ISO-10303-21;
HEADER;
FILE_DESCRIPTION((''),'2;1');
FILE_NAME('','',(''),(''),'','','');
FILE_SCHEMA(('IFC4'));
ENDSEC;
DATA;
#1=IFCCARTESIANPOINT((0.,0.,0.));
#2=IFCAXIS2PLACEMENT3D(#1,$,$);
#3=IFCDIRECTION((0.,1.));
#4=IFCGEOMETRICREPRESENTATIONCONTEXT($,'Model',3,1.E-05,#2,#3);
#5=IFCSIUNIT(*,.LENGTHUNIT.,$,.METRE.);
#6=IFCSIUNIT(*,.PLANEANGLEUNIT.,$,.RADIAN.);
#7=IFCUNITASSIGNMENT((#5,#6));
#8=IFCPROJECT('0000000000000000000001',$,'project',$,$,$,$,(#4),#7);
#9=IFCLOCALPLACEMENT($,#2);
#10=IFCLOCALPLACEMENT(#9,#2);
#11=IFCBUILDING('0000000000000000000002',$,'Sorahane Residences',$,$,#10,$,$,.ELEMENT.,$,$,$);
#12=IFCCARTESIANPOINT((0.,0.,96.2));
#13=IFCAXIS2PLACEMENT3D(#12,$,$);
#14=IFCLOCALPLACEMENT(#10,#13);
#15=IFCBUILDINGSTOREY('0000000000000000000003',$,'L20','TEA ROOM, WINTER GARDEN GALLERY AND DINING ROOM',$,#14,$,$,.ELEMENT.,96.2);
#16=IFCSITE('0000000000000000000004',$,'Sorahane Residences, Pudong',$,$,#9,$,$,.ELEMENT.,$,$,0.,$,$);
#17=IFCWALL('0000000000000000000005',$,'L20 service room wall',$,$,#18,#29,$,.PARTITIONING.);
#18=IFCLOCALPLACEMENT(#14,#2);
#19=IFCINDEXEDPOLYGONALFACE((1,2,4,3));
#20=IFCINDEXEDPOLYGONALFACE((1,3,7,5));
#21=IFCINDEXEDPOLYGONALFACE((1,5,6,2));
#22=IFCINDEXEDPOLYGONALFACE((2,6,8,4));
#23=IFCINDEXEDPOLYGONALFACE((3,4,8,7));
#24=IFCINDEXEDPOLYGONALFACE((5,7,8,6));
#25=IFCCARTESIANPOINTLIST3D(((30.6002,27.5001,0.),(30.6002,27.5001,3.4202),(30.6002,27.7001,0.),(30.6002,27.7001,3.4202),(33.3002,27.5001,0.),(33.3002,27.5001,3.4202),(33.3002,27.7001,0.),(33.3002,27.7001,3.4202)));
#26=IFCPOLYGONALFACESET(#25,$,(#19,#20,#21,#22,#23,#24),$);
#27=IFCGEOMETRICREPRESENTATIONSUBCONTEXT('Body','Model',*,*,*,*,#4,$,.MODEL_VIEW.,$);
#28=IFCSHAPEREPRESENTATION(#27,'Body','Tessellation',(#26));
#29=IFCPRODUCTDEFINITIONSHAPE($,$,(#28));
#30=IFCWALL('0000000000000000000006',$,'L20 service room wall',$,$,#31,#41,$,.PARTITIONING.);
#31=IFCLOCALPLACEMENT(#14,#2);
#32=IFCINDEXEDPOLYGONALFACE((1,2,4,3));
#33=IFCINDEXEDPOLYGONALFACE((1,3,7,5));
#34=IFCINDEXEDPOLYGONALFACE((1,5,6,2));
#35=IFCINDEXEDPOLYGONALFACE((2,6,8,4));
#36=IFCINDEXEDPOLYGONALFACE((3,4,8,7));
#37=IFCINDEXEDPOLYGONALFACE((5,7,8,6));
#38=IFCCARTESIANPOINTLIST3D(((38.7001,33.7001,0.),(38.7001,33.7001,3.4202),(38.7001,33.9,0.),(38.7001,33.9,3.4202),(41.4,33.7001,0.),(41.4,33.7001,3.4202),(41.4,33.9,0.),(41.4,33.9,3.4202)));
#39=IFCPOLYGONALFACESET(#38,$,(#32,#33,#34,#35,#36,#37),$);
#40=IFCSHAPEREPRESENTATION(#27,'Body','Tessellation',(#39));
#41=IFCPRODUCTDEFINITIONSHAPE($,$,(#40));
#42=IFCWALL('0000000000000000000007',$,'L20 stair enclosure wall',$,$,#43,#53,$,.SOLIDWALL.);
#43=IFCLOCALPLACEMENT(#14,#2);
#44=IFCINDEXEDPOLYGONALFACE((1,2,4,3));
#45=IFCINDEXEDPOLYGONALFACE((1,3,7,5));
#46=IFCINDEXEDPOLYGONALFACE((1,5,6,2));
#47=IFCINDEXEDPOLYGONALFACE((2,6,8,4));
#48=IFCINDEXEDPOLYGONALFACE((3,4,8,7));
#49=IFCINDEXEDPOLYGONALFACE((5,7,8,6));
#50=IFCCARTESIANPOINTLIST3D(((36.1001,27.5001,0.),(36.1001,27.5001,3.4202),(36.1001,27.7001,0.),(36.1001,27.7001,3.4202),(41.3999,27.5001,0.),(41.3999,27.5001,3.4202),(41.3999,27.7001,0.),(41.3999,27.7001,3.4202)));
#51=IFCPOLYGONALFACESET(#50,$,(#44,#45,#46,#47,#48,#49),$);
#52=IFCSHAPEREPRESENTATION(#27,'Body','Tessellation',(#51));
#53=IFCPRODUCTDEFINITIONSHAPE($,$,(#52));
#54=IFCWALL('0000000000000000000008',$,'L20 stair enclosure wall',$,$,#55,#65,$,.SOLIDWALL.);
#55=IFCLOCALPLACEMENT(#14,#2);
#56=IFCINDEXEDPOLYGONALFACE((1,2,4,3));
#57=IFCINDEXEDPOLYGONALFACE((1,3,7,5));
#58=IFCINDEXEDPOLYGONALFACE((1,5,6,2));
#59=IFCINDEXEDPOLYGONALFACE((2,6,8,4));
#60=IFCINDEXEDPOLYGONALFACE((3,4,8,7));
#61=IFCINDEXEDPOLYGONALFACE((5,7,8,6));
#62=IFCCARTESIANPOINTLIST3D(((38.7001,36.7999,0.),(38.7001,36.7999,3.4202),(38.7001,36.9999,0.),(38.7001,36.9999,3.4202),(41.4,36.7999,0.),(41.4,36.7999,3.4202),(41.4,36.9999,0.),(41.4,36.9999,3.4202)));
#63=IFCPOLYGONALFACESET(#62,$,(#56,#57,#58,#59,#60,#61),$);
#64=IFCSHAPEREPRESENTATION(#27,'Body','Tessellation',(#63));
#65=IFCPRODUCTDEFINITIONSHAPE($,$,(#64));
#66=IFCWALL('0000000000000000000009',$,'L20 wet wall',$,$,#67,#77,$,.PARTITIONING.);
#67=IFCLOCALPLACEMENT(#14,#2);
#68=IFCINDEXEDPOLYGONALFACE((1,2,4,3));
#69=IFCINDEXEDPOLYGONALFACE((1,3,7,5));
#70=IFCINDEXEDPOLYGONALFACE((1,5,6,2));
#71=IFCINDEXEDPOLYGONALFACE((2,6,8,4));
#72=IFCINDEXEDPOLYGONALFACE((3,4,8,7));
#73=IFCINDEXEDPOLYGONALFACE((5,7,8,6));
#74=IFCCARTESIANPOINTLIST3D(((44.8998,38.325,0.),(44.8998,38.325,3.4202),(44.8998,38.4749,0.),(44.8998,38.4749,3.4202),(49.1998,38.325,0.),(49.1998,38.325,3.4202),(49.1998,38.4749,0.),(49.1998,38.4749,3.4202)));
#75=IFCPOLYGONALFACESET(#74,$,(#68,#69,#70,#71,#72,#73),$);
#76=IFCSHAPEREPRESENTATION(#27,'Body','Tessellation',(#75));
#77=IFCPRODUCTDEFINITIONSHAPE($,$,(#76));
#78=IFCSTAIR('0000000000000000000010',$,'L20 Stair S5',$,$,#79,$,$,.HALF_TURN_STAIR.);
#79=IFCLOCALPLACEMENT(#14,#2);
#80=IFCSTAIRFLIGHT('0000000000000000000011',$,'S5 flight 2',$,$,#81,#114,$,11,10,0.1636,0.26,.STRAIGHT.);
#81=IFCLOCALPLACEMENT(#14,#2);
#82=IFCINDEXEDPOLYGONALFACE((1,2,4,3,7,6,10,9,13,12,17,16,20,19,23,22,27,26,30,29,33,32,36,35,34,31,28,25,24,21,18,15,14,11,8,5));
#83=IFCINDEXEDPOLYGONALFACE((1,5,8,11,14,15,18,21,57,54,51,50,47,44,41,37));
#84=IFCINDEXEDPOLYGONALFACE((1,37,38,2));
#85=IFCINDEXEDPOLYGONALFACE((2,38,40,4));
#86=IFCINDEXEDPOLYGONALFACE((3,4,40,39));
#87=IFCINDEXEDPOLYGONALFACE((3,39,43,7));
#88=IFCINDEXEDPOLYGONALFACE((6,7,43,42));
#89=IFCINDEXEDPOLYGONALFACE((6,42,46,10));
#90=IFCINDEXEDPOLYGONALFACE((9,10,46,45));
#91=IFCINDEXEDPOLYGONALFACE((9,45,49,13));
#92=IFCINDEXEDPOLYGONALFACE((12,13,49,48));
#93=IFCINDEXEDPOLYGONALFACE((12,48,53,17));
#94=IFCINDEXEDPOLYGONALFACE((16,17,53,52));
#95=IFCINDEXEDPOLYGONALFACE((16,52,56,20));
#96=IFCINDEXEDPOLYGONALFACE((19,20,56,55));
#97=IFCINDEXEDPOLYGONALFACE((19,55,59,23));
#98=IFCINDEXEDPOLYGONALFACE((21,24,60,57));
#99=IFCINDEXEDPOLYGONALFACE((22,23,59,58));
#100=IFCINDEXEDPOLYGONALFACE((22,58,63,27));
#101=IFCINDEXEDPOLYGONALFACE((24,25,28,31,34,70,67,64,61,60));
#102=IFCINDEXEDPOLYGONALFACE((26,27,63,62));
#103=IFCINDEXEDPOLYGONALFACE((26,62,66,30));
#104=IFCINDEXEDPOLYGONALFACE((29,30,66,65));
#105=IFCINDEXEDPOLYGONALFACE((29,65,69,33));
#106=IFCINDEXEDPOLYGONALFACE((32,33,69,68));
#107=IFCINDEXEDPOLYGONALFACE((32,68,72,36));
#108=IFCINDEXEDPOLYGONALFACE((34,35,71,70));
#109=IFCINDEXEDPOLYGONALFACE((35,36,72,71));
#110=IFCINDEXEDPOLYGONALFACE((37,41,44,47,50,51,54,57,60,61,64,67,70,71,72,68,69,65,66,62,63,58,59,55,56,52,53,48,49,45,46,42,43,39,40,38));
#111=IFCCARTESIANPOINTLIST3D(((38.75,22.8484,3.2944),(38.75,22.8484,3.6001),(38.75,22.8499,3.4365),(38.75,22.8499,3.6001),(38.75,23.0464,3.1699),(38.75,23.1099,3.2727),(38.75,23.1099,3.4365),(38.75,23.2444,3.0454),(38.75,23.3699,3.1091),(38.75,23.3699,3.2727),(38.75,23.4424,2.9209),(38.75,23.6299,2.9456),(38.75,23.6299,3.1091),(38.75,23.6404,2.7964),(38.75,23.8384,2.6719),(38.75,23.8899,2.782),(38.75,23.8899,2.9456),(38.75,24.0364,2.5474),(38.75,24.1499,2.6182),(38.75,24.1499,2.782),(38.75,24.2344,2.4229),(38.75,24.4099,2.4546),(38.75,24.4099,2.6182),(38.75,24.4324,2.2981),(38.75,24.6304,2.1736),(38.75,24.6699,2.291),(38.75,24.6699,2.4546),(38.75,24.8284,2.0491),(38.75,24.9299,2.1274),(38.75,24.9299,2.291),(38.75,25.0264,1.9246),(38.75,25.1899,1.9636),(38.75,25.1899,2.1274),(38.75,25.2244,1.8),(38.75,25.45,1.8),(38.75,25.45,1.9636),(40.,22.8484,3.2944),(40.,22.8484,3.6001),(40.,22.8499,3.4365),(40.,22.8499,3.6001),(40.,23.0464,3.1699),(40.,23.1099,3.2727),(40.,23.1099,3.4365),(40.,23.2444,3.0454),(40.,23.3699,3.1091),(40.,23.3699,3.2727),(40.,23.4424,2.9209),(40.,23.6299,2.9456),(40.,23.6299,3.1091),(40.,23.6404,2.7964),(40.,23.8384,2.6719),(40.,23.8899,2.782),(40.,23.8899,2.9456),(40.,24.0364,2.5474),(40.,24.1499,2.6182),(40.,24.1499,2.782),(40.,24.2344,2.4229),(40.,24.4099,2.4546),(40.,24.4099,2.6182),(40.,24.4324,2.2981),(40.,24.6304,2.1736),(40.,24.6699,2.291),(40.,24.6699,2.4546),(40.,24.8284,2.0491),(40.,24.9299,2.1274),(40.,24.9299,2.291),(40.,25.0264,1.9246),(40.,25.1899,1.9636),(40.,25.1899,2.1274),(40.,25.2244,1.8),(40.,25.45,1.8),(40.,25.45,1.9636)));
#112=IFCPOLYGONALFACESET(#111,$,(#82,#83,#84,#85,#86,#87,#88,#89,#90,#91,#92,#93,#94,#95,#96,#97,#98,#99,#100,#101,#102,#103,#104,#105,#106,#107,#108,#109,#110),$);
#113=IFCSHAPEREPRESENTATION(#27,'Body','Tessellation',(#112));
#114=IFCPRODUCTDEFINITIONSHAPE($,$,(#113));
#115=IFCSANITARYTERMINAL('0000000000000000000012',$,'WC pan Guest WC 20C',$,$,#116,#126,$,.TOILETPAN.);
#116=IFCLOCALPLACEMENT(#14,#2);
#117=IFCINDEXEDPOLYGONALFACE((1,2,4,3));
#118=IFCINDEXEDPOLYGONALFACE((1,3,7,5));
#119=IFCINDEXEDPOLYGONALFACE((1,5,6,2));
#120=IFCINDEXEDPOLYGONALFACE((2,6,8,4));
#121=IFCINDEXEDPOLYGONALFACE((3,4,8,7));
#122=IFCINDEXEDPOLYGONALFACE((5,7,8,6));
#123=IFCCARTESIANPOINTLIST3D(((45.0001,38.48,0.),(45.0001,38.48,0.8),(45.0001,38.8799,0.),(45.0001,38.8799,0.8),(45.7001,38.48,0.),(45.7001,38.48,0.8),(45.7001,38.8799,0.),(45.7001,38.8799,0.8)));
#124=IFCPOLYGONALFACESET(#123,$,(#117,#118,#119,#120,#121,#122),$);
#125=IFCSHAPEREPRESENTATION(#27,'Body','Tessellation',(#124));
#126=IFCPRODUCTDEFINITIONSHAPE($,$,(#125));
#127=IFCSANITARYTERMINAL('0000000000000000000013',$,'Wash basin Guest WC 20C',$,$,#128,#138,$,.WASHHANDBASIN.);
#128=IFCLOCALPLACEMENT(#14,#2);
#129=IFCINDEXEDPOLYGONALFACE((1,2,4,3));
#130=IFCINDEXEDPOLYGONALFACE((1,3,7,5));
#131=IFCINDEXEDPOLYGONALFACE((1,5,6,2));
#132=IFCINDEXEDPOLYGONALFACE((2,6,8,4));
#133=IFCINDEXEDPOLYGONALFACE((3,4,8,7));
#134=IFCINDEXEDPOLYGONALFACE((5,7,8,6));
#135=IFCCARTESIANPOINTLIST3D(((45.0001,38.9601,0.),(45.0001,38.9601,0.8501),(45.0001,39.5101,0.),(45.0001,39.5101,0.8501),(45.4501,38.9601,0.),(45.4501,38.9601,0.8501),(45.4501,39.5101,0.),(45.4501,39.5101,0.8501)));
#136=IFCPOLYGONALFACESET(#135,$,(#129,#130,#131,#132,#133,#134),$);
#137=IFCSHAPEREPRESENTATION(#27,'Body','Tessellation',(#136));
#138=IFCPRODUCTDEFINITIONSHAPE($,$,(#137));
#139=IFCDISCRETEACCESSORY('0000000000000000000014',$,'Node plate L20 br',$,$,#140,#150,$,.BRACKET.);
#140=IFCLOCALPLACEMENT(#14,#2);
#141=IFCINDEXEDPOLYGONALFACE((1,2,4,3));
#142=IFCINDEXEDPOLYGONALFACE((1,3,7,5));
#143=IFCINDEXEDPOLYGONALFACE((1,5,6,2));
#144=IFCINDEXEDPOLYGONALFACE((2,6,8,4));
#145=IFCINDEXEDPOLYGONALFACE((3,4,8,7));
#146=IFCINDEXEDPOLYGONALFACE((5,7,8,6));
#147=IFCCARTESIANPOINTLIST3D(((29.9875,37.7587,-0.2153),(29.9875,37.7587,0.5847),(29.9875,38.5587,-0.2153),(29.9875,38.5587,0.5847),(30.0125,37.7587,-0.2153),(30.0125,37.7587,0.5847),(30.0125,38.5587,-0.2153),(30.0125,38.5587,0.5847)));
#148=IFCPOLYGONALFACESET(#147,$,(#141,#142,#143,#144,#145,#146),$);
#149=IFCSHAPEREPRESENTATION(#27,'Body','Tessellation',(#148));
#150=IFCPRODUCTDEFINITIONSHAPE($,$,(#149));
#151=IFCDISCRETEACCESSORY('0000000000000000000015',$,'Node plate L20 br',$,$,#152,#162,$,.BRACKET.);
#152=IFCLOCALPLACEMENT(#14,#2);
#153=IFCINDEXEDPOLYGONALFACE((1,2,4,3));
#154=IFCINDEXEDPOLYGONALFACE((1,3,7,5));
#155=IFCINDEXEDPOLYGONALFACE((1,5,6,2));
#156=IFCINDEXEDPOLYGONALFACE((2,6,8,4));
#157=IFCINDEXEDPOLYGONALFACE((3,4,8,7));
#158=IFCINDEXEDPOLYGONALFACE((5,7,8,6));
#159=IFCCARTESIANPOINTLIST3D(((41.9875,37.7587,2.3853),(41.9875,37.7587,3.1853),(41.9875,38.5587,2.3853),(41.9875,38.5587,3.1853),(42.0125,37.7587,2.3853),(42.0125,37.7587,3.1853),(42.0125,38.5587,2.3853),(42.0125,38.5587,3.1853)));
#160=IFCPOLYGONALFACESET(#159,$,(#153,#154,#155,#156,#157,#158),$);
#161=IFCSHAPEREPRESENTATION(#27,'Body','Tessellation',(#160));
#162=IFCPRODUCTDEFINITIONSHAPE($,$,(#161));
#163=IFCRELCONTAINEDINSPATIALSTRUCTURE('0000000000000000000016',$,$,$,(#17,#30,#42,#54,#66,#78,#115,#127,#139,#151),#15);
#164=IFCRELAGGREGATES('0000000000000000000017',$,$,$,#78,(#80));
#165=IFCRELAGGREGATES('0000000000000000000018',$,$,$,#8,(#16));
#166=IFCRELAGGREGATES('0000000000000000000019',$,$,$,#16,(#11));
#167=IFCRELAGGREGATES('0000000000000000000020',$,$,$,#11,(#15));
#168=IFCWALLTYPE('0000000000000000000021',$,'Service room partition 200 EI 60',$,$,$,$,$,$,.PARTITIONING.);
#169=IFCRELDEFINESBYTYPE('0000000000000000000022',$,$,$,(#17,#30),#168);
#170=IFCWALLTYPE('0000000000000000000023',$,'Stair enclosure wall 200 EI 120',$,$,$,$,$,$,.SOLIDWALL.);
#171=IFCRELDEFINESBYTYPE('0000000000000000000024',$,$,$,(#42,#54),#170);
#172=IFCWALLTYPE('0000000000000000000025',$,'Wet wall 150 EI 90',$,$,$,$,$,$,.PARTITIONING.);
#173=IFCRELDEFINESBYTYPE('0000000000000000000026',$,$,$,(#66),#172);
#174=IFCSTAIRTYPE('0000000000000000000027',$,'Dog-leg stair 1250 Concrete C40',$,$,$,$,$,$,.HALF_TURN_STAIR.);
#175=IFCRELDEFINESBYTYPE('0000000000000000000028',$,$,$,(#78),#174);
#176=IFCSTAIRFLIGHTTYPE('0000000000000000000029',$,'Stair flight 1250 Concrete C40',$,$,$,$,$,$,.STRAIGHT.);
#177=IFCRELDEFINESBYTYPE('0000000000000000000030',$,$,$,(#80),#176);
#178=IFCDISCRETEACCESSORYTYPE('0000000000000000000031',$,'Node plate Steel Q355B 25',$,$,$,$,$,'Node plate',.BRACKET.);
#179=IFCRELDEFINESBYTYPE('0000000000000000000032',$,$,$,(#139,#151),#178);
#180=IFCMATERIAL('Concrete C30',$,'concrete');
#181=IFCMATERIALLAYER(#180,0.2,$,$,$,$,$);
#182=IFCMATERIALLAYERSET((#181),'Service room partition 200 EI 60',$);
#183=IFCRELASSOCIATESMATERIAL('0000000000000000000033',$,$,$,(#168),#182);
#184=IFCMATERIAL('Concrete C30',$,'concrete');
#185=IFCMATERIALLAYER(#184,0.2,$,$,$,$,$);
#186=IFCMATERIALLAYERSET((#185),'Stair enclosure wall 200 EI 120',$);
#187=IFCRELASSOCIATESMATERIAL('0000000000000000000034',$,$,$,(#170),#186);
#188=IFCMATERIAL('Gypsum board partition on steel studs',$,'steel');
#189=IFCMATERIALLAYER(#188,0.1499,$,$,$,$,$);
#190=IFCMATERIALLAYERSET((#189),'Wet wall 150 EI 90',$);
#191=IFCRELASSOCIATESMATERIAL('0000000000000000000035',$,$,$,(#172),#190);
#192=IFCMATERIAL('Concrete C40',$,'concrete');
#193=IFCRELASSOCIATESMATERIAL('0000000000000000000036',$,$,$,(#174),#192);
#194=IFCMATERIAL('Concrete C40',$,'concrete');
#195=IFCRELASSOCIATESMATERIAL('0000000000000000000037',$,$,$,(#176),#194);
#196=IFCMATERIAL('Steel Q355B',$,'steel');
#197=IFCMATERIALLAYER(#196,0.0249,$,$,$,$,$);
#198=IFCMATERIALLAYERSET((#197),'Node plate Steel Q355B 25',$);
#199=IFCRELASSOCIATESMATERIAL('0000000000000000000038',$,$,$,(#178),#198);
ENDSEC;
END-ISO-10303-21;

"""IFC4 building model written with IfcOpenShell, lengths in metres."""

from ifc_helpers import new_model, si_unit, direction, frame, frame_2d, origin, origin_2d, place, context, subcontext, project, spatial, polyline, rectangle, outline, extrude, material, layer, layer_set, type_object, element, aggregate, save


model = new_model("IFC4")

# Units and contexts
model_context = context("Model", 3, precision=1e-05, world=origin(), true_north=direction((0.0, 1.0)))
body_context = subcontext(model_context, "Body", "Model", "MODEL_VIEW")
ifc_project = project(units=[si_unit("LENGTHUNIT", "METRE"), si_unit("PLANEANGLEUNIT", "RADIAN")], contexts=[model_context])

# Site, building, storey
site_placement = place(None, origin())
site = spatial("IfcSite", under=ifc_project, at=site_placement, Name="Sorahane Residences, Pudong", CompositionType="ELEMENT", RefElevation=0.0)
building_placement = place(site_placement, origin())
building = spatial("IfcBuilding", under=site, at=building_placement, Name="Sorahane Residences", CompositionType="ELEMENT")
storey_placement = place(building_placement, frame((0.0, 0.0, 96.2)))
storey = spatial("IfcBuildingStorey", under=building, at=storey_placement, Name="L20", Description="TEA ROOM, WINTER GARDEN GALLERY AND DINING ROOM", CompositionType="ELEMENT", Elevation=96.2)

# Walls
ifc_material_1 = material(Name="Concrete C30", Category="concrete")
ifc_layer_1 = layer(ifc_material_1, 0.2)
ifc_layer_set_1 = layer_set([ifc_layer_1], Name="Service room partition 200 EI 60")
wall_type_1 = type_object("IfcWallType", Name="Service room partition 200 EI 60", PredefinedType="PARTITIONING", material=ifc_layer_set_1)
for number, where, z_axis, x_axis, name in (
    (1, (30.6001, 27.6001, 0.0), (0.0, 0.0, 1.0), (1.0, 0.0, 0.0), "L20 service room wall"),
    (2, (38.7, 33.8, 0.0), (0.0, 0.0, 1.0), (1.0, 0.0, 0.0), "L20 service room wall"),
):
    element("IfcWall", number, at=place(storey_placement, frame(where, z_axis=z_axis, x_axis=x_axis)), inside=storey, type_object=wall_type_1, Name=name, PredefinedType="PARTITIONING", context=body_context, shape_type="SweptSolid", body=[
        extrude(rectangle(XDim=2.7, YDim=0.2, at=frame_2d((1.3501, 0.0))), origin(), (0.0, 0.0, 1.0), 3.4202),
    ])
ifc_material_2 = material(Name="Concrete C30", Category="concrete")
ifc_layer_2 = layer(ifc_material_2, 0.2)
ifc_layer_set_2 = layer_set([ifc_layer_2], Name="Stair enclosure wall 200 EI 120")
wall_type_2 = type_object("IfcWallType", Name="Stair enclosure wall 200 EI 120", PredefinedType="SOLIDWALL", material=ifc_layer_set_2)
wall_1_placement = place(storey_placement, frame((36.1001, 27.6001, 0.0), z_axis=(0.0, 0.0, 1.0), x_axis=(1.0, 0.0, 0.0)))
element("IfcWall", 3, at=wall_1_placement, inside=storey, type_object=wall_type_2, Name="L20 stair enclosure wall", PredefinedType="SOLIDWALL", context=body_context, shape_type="SweptSolid", body=[
    extrude(rectangle(XDim=5.2998, YDim=0.2, at=frame_2d((2.6499, 0.0))), origin(), (0.0, 0.0, 1.0), 3.4202),
])
wall_2_placement = place(storey_placement, frame((38.7, 36.8999, 0.0), z_axis=(0.0, 0.0, 1.0), x_axis=(1.0, 0.0, 0.0)))
element("IfcWall", 4, at=wall_2_placement, inside=storey, type_object=wall_type_2, Name="L20 stair enclosure wall", PredefinedType="SOLIDWALL", context=body_context, shape_type="SweptSolid", body=[
    extrude(rectangle(XDim=2.7, YDim=0.2, at=frame_2d((1.3501, 0.0))), origin(), (0.0, 0.0, 1.0), 3.4202),
])
ifc_material_3 = material(Name="Gypsum board partition on steel studs", Category="steel")
ifc_layer_3 = layer(ifc_material_3, 0.1499)
ifc_layer_set_3 = layer_set([ifc_layer_3], Name="Wet wall 150 EI 90")
wall_type_3 = type_object("IfcWallType", Name="Wet wall 150 EI 90", PredefinedType="PARTITIONING", material=ifc_layer_set_3)
wall_3_placement = place(storey_placement, frame((44.8999, 38.3999, 0.0), z_axis=(0.0, 0.0, 1.0), x_axis=(1.0, 0.0, 0.0)))
element("IfcWall", 5, at=wall_3_placement, inside=storey, type_object=wall_type_3, Name="L20 wet wall", PredefinedType="PARTITIONING", context=body_context, shape_type="SweptSolid", body=[
    extrude(rectangle(XDim=4.3, YDim=0.1499, at=frame_2d((2.1499, 0.0))), origin(), (0.0, 0.0, 1.0), 3.4202),
])

# Stair, stair flight
ifc_material_4 = material(Name="Concrete C40", Category="concrete")
stair_type = type_object("IfcStairType", Name="Dog-leg stair 1250 Concrete C40", PredefinedType="HALF_TURN_STAIR", material=ifc_material_4)
stair_placement = place(storey_placement, origin())
stair = element("IfcStair", 6, at=stair_placement, inside=storey, type_object=stair_type, Name="L20 Stair S5", PredefinedType="HALF_TURN_STAIR")
ifc_material_5 = material(Name="Concrete C40", Category="concrete")
stair_flight_type = type_object("IfcStairFlightType", Name="Stair flight 1250 Concrete C40", PredefinedType="STRAIGHT", material=ifc_material_5)
stair_flight_placement = place(storey_placement, frame((39.375, 25.45, 1.8), z_axis=(0.0, 0.0, 1.0), x_axis=(0.0, -1.0, 0.0)))
stair_flight = element("IfcStairFlight", 7, at=stair_flight_placement, type_object=stair_flight_type, Name="S5 flight 2", NumberOfRisers=11, NumberOfTreads=10, PredefinedType="STRAIGHT", RiserHeight=0.1636, TreadLength=0.26, context=body_context, shape_type="SweptSolid", body=[
    extrude(outline(polyline([(0.0, 0.0), (0.0, 0.1636), (0.26, 0.1636), (0.26, 0.3274), (0.52, 0.3274), (0.52, 0.491), (0.78, 0.491), (0.78, 0.6545), (1.04, 0.6545), (1.04, 0.8181), (1.3, 0.8181), (1.3, 0.9819), (1.5601, 0.9819), (1.5601, 1.1455), (1.8201, 1.1455), (1.8201, 1.3091), (2.0801, 1.3091), (2.0801, 1.4727), (2.3401, 1.4727), (2.3401, 1.6365), (2.6001, 1.6365), (2.6001, 1.8), (2.6016, 1.8), (2.6016, 1.4944), (2.4036, 1.3699), (2.2056, 1.2454), (2.0076, 1.1208), (1.8096, 0.9963), (1.6116, 0.8718), (1.4136, 0.7473), (1.2156, 0.6228), (1.0176, 0.498), (0.8196, 0.3735), (0.6216, 0.249), (0.4236, 0.1245), (0.2256, 0.0), (0.0, 0.0)])), frame((0.0, 0.625, 0.0), z_axis=(0.0, -1.0, 0.0), x_axis=(1.0, 0.0, 0.0)), (0.0, 0.0, 1.0), 1.25),
])
aggregate(stair, [stair_flight])

# Sanitary terminals
sanitary_terminal_1_placement = place(storey_placement, frame((45.3501, 38.6799, 0.0), z_axis=(0.0, 0.0, 1.0), x_axis=(0.0, 1.0, 0.0)))
element("IfcSanitaryTerminal", 8, at=sanitary_terminal_1_placement, inside=storey, Name="WC pan Guest WC 20C", PredefinedType="TOILETPAN", context=body_context, shape_type="SweptSolid", body=[
    extrude(rectangle(XDim=0.3999, YDim=0.7, at=origin_2d()), origin(), (0.0, 0.0, 1.0), 0.8),
])
sanitary_terminal_2_placement = place(storey_placement, frame((45.2251, 39.2351, 0.0), z_axis=(0.0, 0.0, 1.0), x_axis=(0.0, 1.0, 0.0)))
element("IfcSanitaryTerminal", 9, at=sanitary_terminal_2_placement, inside=storey, Name="Wash basin Guest WC 20C", PredefinedType="WASHHANDBASIN", context=body_context, shape_type="SweptSolid", body=[
    extrude(rectangle(XDim=0.55, YDim=0.45, at=origin_2d()), origin(), (0.0, 0.0, 1.0), 0.8501),
])

# Discrete accessories
ifc_material_6 = material(Name="Steel Q355B", Category="steel")
ifc_layer_4 = layer(ifc_material_6, 0.0249)
ifc_layer_set_4 = layer_set([ifc_layer_4], Name="Node plate Steel Q355B 25")
discrete_accessory_type = type_object("IfcDiscreteAccessoryType", Name="Node plate Steel Q355B 25", ElementType="Node plate", PredefinedType="BRACKET", material=ifc_layer_set_4)
for number, where, z_axis, x_axis, name in (
    (10, (30.0, 38.1587, -0.2153), (0.0, 0.0, 1.0), (0.0, 1.0, 0.0), "Node plate L20 br"),
    (11, (42.0, 38.1587, 2.3853), (0.0, 0.0, 1.0), (0.0, 1.0, 0.0), "Node plate L20 br"),
):
    element("IfcDiscreteAccessory", number, at=place(storey_placement, frame(where, z_axis=z_axis, x_axis=x_axis)), inside=storey, type_object=discrete_accessory_type, Name=name, PredefinedType="BRACKET", context=body_context, shape_type="SweptSolid", body=[
        extrude(rectangle(XDim=0.8, YDim=0.0249, at=origin_2d()), origin(), (0.0, 0.0, 1.0), 0.8),
    ])

save(model, "model.ifc")
